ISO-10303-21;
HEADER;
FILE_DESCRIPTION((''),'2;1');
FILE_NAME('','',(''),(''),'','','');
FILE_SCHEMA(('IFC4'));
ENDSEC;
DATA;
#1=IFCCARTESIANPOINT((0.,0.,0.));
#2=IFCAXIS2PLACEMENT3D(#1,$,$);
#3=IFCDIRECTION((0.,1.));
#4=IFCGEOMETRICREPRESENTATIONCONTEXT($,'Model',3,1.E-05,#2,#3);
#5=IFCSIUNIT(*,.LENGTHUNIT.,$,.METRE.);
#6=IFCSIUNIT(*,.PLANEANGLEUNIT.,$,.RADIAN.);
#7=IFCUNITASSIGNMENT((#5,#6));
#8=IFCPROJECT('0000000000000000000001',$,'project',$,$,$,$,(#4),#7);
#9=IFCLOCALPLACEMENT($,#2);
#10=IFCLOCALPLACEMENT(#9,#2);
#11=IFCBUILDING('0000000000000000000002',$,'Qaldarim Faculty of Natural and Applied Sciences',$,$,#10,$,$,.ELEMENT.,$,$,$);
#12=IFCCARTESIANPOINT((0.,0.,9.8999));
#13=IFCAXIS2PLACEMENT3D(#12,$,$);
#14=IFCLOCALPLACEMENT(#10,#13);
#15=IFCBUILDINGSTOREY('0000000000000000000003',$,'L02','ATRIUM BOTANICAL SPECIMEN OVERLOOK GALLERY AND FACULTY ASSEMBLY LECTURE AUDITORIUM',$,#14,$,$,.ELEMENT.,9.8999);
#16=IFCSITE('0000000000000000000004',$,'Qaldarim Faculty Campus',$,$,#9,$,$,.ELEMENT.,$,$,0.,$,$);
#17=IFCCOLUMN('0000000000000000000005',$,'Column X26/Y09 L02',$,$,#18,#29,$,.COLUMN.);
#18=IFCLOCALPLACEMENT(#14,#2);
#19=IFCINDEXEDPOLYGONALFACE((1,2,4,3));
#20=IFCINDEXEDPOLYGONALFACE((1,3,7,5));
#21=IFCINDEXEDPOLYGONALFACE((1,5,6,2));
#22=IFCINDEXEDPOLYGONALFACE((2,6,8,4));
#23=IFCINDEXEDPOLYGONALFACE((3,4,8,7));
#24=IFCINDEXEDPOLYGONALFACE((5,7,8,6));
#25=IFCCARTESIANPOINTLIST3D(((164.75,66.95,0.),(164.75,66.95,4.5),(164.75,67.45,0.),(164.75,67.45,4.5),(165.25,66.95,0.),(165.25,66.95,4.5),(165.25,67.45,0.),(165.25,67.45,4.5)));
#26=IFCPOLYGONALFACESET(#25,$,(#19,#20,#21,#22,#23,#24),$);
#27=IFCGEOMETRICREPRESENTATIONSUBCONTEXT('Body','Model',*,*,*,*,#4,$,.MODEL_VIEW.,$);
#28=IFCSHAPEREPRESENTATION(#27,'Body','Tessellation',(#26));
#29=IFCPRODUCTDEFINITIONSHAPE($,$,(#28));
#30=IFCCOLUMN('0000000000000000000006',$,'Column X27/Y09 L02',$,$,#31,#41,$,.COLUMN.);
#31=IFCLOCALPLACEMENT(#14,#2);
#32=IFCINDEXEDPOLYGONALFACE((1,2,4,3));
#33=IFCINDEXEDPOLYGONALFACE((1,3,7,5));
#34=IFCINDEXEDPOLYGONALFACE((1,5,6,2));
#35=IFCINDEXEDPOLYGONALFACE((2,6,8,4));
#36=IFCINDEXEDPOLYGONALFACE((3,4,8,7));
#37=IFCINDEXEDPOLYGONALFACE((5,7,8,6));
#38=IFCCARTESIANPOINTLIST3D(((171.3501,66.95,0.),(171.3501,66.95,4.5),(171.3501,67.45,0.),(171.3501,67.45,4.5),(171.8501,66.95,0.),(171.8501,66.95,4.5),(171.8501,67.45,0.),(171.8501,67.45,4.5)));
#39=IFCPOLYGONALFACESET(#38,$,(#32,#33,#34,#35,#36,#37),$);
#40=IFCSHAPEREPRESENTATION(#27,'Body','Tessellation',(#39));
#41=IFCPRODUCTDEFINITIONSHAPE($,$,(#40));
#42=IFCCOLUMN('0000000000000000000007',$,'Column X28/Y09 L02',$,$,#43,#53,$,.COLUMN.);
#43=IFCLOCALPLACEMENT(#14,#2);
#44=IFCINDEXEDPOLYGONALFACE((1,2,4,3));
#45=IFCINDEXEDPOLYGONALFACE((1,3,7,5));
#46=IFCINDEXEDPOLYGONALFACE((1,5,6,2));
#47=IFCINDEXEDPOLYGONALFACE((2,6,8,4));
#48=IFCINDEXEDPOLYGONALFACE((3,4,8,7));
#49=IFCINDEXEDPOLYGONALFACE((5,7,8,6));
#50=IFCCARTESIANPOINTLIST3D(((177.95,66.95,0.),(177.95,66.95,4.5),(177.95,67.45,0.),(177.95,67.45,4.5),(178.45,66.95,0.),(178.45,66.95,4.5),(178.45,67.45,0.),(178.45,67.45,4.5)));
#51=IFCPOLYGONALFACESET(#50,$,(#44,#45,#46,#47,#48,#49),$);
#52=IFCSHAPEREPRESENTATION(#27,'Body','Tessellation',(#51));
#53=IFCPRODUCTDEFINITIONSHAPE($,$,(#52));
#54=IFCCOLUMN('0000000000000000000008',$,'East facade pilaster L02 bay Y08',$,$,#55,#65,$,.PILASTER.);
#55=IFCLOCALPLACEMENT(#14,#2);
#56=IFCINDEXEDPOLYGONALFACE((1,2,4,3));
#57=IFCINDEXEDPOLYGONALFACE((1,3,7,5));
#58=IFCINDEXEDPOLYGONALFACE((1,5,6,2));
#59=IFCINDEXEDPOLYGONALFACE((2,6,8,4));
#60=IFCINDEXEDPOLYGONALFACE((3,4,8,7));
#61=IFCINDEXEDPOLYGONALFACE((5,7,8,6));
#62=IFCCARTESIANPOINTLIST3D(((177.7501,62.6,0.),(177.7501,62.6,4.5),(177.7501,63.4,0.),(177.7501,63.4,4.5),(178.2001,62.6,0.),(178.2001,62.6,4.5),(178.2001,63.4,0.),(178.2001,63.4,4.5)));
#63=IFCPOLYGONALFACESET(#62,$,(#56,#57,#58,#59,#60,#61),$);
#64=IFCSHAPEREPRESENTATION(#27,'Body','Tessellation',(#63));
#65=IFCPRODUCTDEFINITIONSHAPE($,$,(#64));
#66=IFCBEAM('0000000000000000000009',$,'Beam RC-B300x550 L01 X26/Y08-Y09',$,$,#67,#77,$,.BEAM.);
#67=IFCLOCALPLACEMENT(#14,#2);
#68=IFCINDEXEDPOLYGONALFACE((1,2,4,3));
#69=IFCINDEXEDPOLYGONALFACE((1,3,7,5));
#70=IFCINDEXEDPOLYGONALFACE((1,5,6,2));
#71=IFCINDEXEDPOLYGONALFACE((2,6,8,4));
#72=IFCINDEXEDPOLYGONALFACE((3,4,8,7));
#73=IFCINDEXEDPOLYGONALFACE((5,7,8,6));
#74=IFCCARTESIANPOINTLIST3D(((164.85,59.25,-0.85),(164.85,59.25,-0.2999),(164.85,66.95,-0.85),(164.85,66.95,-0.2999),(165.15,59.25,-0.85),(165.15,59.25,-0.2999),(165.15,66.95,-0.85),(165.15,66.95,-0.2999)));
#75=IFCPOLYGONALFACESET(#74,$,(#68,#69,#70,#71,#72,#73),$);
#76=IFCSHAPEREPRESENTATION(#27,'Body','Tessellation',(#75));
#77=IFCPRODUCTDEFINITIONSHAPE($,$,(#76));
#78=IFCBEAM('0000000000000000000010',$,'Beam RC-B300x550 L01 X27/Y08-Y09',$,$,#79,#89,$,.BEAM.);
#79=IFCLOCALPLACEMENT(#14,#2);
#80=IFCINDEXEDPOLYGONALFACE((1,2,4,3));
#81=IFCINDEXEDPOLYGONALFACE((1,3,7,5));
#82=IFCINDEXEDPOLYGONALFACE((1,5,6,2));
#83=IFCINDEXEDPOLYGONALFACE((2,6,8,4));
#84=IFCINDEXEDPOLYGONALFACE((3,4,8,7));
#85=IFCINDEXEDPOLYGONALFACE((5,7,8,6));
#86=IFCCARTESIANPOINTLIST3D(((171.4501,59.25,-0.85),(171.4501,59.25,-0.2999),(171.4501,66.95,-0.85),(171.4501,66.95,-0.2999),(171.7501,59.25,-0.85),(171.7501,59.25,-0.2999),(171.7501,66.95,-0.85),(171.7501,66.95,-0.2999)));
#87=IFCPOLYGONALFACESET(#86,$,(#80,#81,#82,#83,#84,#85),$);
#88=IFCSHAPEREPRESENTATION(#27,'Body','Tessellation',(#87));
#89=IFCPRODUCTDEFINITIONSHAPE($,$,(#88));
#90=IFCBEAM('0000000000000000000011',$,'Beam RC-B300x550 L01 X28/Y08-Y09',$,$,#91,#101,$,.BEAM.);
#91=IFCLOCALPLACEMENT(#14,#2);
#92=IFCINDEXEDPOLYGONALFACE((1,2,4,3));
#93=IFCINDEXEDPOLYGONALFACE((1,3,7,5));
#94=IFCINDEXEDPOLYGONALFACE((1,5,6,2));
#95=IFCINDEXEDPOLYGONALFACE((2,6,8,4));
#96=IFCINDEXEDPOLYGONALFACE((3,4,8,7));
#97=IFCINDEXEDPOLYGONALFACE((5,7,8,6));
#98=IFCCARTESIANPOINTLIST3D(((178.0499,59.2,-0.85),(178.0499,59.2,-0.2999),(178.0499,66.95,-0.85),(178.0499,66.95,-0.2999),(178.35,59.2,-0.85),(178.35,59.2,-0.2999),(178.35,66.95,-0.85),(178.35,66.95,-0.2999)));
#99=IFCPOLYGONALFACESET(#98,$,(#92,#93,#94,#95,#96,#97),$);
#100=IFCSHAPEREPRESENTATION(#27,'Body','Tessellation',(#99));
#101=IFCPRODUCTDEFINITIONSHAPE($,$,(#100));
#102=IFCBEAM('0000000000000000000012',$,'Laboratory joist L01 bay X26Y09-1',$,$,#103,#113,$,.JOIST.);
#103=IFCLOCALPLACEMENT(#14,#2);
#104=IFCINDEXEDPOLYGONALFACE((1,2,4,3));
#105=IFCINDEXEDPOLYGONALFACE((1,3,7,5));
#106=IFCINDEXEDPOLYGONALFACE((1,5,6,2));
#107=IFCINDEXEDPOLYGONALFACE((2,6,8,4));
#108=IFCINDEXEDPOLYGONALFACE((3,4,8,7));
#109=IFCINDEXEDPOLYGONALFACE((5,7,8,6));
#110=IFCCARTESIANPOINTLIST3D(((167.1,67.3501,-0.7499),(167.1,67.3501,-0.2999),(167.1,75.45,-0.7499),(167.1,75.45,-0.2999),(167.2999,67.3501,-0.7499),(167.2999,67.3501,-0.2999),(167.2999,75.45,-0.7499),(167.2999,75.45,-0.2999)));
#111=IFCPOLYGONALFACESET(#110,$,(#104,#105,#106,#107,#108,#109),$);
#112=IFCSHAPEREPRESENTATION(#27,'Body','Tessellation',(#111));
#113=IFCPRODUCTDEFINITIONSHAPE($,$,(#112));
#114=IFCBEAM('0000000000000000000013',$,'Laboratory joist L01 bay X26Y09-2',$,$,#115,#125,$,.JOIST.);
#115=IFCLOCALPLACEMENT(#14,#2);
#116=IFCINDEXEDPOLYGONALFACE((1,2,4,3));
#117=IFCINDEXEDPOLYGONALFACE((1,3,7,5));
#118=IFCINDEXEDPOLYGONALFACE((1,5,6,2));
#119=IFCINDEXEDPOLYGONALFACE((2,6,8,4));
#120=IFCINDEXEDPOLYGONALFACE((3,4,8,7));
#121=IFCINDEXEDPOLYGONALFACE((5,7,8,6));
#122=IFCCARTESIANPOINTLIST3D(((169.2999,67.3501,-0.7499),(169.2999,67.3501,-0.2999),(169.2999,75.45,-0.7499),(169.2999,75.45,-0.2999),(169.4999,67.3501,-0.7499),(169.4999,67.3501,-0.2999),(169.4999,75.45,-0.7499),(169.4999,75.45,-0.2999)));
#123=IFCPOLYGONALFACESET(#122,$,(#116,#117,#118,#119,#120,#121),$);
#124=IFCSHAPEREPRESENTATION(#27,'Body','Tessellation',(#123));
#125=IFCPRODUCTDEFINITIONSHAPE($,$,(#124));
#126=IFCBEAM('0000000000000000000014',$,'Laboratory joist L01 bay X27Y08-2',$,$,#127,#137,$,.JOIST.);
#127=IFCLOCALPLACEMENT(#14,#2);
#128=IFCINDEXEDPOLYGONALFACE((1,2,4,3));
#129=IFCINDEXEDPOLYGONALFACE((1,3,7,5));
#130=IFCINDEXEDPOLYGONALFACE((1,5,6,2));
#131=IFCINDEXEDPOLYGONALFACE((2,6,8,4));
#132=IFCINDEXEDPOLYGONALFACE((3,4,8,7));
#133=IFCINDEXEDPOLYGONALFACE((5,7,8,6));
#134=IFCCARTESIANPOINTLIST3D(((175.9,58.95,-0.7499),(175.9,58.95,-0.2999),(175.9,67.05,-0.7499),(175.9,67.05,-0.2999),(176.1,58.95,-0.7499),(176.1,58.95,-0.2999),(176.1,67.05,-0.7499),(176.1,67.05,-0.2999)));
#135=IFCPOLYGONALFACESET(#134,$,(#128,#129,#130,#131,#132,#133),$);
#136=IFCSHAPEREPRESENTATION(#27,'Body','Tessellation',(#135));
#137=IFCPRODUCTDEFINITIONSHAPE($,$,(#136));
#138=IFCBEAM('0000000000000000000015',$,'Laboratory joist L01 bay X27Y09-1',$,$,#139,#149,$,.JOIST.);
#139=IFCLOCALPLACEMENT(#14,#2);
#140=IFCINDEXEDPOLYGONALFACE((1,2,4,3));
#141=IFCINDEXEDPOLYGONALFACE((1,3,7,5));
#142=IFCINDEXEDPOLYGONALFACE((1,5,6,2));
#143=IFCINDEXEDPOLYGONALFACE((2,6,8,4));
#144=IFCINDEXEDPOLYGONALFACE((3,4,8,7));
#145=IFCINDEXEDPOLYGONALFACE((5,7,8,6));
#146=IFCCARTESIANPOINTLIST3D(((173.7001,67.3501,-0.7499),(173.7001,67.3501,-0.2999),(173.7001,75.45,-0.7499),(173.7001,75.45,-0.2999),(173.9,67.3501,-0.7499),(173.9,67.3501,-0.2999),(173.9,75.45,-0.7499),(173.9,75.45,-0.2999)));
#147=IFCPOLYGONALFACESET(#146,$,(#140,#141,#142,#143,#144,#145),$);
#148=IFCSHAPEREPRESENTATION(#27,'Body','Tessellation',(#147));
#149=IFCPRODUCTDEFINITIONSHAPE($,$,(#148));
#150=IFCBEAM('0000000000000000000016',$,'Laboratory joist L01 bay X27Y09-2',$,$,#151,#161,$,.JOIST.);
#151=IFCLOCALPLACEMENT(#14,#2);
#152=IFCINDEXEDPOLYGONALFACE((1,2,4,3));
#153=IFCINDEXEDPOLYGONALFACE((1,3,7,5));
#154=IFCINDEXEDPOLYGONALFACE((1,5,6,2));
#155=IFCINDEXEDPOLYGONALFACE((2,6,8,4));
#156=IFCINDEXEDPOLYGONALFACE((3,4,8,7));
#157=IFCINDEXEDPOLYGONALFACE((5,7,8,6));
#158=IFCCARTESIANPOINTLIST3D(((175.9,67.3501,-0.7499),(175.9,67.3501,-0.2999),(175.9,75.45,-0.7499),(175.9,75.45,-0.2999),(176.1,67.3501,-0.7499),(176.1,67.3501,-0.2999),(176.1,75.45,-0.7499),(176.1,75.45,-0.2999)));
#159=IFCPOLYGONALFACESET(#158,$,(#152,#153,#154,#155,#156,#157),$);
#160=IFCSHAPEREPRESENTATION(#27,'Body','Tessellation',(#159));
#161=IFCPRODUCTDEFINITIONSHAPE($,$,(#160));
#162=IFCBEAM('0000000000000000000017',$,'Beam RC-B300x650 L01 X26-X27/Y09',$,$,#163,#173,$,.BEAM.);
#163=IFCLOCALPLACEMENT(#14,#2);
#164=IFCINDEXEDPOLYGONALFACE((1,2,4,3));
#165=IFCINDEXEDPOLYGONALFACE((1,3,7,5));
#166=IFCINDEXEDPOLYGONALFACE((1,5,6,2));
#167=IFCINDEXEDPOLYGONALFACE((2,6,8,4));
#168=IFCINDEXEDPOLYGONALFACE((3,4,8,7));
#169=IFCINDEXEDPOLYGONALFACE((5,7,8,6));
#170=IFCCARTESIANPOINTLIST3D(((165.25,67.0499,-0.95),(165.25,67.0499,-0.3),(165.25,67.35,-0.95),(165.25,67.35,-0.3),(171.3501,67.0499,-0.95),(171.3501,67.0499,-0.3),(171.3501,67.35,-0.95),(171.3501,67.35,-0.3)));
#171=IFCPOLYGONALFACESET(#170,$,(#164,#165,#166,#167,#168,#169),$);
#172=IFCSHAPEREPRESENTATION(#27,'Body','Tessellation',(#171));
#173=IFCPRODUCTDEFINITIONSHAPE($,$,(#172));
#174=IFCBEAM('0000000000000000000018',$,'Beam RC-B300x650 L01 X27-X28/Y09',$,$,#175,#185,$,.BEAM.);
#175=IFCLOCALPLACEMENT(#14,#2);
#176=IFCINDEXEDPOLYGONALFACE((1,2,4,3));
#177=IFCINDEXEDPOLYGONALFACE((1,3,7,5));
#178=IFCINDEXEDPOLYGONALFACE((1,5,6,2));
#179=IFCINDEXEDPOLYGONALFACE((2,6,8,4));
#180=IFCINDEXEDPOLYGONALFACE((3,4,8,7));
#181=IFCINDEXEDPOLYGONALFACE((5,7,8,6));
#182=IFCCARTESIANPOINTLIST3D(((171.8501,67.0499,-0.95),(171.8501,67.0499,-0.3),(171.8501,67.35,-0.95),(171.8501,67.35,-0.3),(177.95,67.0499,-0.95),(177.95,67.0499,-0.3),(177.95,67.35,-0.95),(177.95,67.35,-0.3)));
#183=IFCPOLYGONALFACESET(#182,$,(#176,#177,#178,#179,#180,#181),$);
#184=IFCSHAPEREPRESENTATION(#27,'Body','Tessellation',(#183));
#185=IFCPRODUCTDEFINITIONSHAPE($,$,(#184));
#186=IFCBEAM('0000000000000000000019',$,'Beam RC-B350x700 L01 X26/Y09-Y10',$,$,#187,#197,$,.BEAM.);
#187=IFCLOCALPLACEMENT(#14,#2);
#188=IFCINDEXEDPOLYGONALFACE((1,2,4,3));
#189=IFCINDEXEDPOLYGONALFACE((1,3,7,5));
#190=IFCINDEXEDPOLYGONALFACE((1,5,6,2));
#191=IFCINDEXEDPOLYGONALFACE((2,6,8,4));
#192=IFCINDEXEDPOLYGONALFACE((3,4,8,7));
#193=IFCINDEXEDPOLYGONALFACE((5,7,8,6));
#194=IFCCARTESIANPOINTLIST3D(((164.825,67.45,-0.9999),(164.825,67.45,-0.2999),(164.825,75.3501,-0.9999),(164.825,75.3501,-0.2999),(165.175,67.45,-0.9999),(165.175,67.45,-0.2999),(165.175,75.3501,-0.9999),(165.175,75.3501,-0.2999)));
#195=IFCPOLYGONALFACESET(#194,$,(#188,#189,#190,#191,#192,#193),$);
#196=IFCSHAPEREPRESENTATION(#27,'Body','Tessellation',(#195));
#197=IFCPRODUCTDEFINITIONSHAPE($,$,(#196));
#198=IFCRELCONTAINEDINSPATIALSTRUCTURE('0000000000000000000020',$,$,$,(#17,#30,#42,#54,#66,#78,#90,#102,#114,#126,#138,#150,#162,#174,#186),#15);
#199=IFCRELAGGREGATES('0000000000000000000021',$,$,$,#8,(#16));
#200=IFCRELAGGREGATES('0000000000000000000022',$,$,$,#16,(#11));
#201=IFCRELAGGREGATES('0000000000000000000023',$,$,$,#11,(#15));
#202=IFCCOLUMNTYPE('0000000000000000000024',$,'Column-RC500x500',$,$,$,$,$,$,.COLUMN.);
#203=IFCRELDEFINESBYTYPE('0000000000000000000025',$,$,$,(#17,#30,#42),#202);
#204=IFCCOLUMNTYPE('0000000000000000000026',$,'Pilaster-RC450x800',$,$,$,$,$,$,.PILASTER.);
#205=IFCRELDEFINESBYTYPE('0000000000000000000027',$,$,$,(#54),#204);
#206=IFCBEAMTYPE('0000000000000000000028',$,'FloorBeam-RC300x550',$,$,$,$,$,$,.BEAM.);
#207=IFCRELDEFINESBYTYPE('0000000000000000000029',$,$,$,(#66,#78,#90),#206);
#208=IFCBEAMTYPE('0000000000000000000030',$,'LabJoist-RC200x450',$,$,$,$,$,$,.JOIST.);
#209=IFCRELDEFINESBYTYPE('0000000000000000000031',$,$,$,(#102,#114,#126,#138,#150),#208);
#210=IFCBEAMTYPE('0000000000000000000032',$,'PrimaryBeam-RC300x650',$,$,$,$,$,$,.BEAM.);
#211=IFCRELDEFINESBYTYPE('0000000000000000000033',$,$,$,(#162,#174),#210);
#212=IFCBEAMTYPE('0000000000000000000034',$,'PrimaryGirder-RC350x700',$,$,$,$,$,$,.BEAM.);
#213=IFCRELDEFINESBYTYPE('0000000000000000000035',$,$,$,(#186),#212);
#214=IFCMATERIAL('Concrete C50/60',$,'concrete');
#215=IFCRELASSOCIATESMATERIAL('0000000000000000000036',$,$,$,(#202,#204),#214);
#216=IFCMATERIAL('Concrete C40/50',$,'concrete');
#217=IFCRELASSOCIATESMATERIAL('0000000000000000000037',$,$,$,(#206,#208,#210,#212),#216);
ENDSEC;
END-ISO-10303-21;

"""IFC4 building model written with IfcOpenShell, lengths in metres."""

from ifc_helpers import new_model, si_unit, direction, frame, origin, origin_2d, place, context, subcontext, project, spatial, rectangle, extrude, material, material_profile, profile_set, type_object, element, save


model = new_model("IFC4")

# Units and contexts
model_context = context("Model", 3, precision=1e-05, world=origin(), true_north=direction((0.0, 1.0)))
body_context = subcontext(model_context, "Body", "Model", "MODEL_VIEW")
ifc_project = project(units=[si_unit("LENGTHUNIT", "METRE"), si_unit("PLANEANGLEUNIT", "RADIAN")], contexts=[model_context])

# Site, building, storey
site_placement = place(None, origin())
site = spatial("IfcSite", under=ifc_project, at=site_placement, Name="Qaldarim Faculty Campus", CompositionType="ELEMENT", RefElevation=0.0)
building_placement = place(site_placement, origin())
building = spatial("IfcBuilding", under=site, at=building_placement, Name="Qaldarim Faculty of Natural and Applied Sciences", CompositionType="ELEMENT")
storey_placement = place(building_placement, frame((0.0, 0.0, 9.8999)))
storey = spatial("IfcBuildingStorey", under=building, at=storey_placement, Name="L02", Description="ATRIUM BOTANICAL SPECIMEN OVERLOOK GALLERY AND FACULTY ASSEMBLY LECTURE AUDITORIUM", CompositionType="ELEMENT", Elevation=9.8999)

# Columns
ifc_material_1 = material(Name="Concrete C50/60", Category="concrete")
ifc_material_profile_1 = material_profile(ifc_material_1, rectangle(XDim=0.5, YDim=0.5, at=origin_2d()), Name="RC-C500x500")
ifc_profile_set_1 = profile_set([ifc_material_profile_1], Name="Concrete C50/60")
column_type_1 = type_object("IfcColumnType", Name="Column-RC500x500", PredefinedType="COLUMN", material=ifc_profile_set_1)
for number, where, z_axis, x_axis, name in (
    (1, (165.0, 67.2, 0.0), (0.0, 0.0, 1.0), (1.0, 0.0, 0.0), "Column X26/Y09 L02"),
    (2, (171.6001, 67.2, 0.0), (0.0, 0.0, 1.0), (1.0, 0.0, 0.0), "Column X27/Y09 L02"),
    (3, (178.2, 67.2, 0.0), (0.0, 0.0, 1.0), (1.0, 0.0, 0.0), "Column X28/Y09 L02"),
):
    element("IfcColumn", number, at=place(storey_placement, frame(where, z_axis=z_axis, x_axis=x_axis)), inside=storey, type_object=column_type_1, Name=name, PredefinedType="COLUMN", context=body_context, shape_type="SweptSolid", body=[
        extrude(rectangle(XDim=0.5, YDim=0.5, at=origin_2d()), origin(), (0.0, 0.0, 1.0), 4.5),
    ])
ifc_material_profile_2 = material_profile(ifc_material_1, rectangle(XDim=0.45, YDim=0.8, at=origin_2d()), Name="RC-C450x800")
ifc_profile_set_2 = profile_set([ifc_material_profile_2], Name="Concrete C50/60")
column_type_2 = type_object("IfcColumnType", Name="Pilaster-RC450x800", PredefinedType="PILASTER", material=ifc_profile_set_2)
column_placement = place(storey_placement, frame((177.9751, 63.0, 0.0), z_axis=(0.0, 0.0, 1.0), x_axis=(1.0, 0.0, 0.0)))
element("IfcColumn", 4, at=column_placement, inside=storey, type_object=column_type_2, Name="East facade pilaster L02 bay Y08", PredefinedType="PILASTER", context=body_context, shape_type="SweptSolid", body=[
    extrude(rectangle(XDim=0.45, YDim=0.8, at=origin_2d()), origin(), (0.0, 0.0, 1.0), 4.5),
])

# Beams
ifc_material_2 = material(Name="Concrete C40/50", Category="concrete")
ifc_material_profile_3 = material_profile(ifc_material_2, rectangle(XDim=0.3, YDim=0.55, at=origin_2d()), Name="RC-B300x550")
ifc_profile_set_3 = profile_set([ifc_material_profile_3], Name="Concrete C40/50")
beam_type_1 = type_object("IfcBeamType", Name="FloorBeam-RC300x550", PredefinedType="BEAM", material=ifc_profile_set_3)
for number, where, z_axis, x_axis, name in (
    (5, (165.0, 59.25, -0.575), (0.0, 1.0, 0.0), (-1.0, 0.0, 0.0), "Beam RC-B300x550 L01 X26/Y08-Y09"),
    (6, (171.6001, 59.25, -0.575), (0.0, 1.0, 0.0), (-1.0, 0.0, 0.0), "Beam RC-B300x550 L01 X27/Y08-Y09"),
):
    element("IfcBeam", number, at=place(storey_placement, frame(where, z_axis=z_axis, x_axis=x_axis)), inside=storey, type_object=beam_type_1, Name=name, PredefinedType="BEAM", context=body_context, shape_type="SweptSolid", body=[
        extrude(rectangle(XDim=0.3, YDim=0.55, at=origin_2d()), origin(), (0.0, 0.0, 1.0), 7.7),
    ])
beam_1_placement = place(storey_placement, frame((178.2, 59.2, -0.575), z_axis=(0.0, 1.0, 0.0), x_axis=(-1.0, 0.0, 0.0)))
element("IfcBeam", 7, at=beam_1_placement, inside=storey, type_object=beam_type_1, Name="Beam RC-B300x550 L01 X28/Y08-Y09", PredefinedType="BEAM", context=body_context, shape_type="SweptSolid", body=[
    extrude(rectangle(XDim=0.3, YDim=0.55, at=origin_2d()), origin(), (0.0, 0.0, 1.0), 7.75),
])
ifc_material_profile_4 = material_profile(ifc_material_2, rectangle(XDim=0.2, YDim=0.45, at=origin_2d()), Name="RC-J200x450")
ifc_profile_set_4 = profile_set([ifc_material_profile_4], Name="Concrete C40/50")
beam_type_2 = type_object("IfcBeamType", Name="LabJoist-RC200x450", PredefinedType="JOIST", material=ifc_profile_set_4)
for number, where, z_axis, x_axis, name in (
    (8, (167.2, 67.3501, -0.5249), (0.0, 1.0, 0.0), (-1.0, 0.0, 0.0), "Laboratory joist L01 bay X26Y09-1"),
    (9, (169.3999, 67.3501, -0.5249), (0.0, 1.0, 0.0), (-1.0, 0.0, 0.0), "Laboratory joist L01 bay X26Y09-2"),
):
    element("IfcBeam", number, at=place(storey_placement, frame(where, z_axis=z_axis, x_axis=x_axis)), inside=storey, type_object=beam_type_2, Name=name, PredefinedType="JOIST", context=body_context, shape_type="SweptSolid", body=[
        extrude(rectangle(XDim=0.2, YDim=0.45, at=origin_2d()), origin(), (0.0, 0.0, 1.0), 8.0999),
    ])
beam_2_placement = place(storey_placement, frame((176.0, 58.95, -0.5249), z_axis=(0.0, 1.0, 0.0), x_axis=(-1.0, 0.0, 0.0)))
element("IfcBeam", 10, at=beam_2_placement, inside=storey, type_object=beam_type_2, Name="Laboratory joist L01 bay X27Y08-2", PredefinedType="JOIST", context=body_context, shape_type="SweptSolid", body=[
    extrude(rectangle(XDim=0.2, YDim=0.45, at=origin_2d()), origin(), (0.0, 0.0, 1.0), 8.1001),
])
for number, where, z_axis, x_axis, name in (
    (11, (173.8, 67.3501, -0.5249), (0.0, 1.0, 0.0), (-1.0, 0.0, 0.0), "Laboratory joist L01 bay X27Y09-1"),
    (12, (176.0, 67.3501, -0.5249), (0.0, 1.0, 0.0), (-1.0, 0.0, 0.0), "Laboratory joist L01 bay X27Y09-2"),
):
    element("IfcBeam", number, at=place(storey_placement, frame(where, z_axis=z_axis, x_axis=x_axis)), inside=storey, type_object=beam_type_2, Name=name, PredefinedType="JOIST", context=body_context, shape_type="SweptSolid", body=[
        extrude(rectangle(XDim=0.2, YDim=0.45, at=origin_2d()), origin(), (0.0, 0.0, 1.0), 8.0999),
    ])
ifc_material_profile_5 = material_profile(ifc_material_2, rectangle(XDim=0.3, YDim=0.6499, at=origin_2d()), Name="RC-B300x650")
ifc_profile_set_5 = profile_set([ifc_material_profile_5], Name="Concrete C40/50")
beam_type_3 = type_object("IfcBeamType", Name="PrimaryBeam-RC300x650", PredefinedType="BEAM", material=ifc_profile_set_5)
beam_3_placement = place(storey_placement, frame((165.25, 67.2, -0.625), z_axis=(1.0, 0.0, 0.0), x_axis=(0.0, 1.0, 0.0)))
element("IfcBeam", 13, at=beam_3_placement, inside=storey, type_object=beam_type_3, Name="Beam RC-B300x650 L01 X26-X27/Y09", PredefinedType="BEAM", context=body_context, shape_type="SweptSolid", body=[
    extrude(rectangle(XDim=0.3, YDim=0.6499, at=origin_2d()), origin(), (0.0, 0.0, 1.0), 6.1001),
])
beam_4_placement = place(storey_placement, frame((171.8501, 67.2, -0.625), z_axis=(1.0, 0.0, 0.0), x_axis=(0.0, 1.0, 0.0)))
element("IfcBeam", 14, at=beam_4_placement, inside=storey, type_object=beam_type_3, Name="Beam RC-B300x650 L01 X27-X28/Y09", PredefinedType="BEAM", context=body_context, shape_type="SweptSolid", body=[
    extrude(rectangle(XDim=0.3, YDim=0.6499, at=origin_2d()), origin(), (0.0, 0.0, 1.0), 6.0999),
])
ifc_material_profile_6 = material_profile(ifc_material_2, rectangle(XDim=0.3501, YDim=0.7, at=origin_2d()), Name="RC-B350x700")
ifc_profile_set_6 = profile_set([ifc_material_profile_6], Name="Concrete C40/50")
beam_type_4 = type_object("IfcBeamType", Name="PrimaryGirder-RC350x700", PredefinedType="BEAM", material=ifc_profile_set_6)
for number, where, z_axis, x_axis, name in (
    (15, (165.0, 67.45, -0.6499), (0.0, 1.0, 0.0), (-1.0, 0.0, 0.0), "Beam RC-B350x700 L01 X26/Y09-Y10"),
):
    element("IfcBeam", number, at=place(storey_placement, frame(where, z_axis=z_axis, x_axis=x_axis)), inside=storey, type_object=beam_type_4, Name=name, PredefinedType="BEAM", context=body_context, shape_type="SweptSolid", body=[
        extrude(rectangle(XDim=0.3501, YDim=0.7, at=origin_2d()), origin(), (0.0, 0.0, 1.0), 7.9001),
    ])

save(model, "model.ifc")
